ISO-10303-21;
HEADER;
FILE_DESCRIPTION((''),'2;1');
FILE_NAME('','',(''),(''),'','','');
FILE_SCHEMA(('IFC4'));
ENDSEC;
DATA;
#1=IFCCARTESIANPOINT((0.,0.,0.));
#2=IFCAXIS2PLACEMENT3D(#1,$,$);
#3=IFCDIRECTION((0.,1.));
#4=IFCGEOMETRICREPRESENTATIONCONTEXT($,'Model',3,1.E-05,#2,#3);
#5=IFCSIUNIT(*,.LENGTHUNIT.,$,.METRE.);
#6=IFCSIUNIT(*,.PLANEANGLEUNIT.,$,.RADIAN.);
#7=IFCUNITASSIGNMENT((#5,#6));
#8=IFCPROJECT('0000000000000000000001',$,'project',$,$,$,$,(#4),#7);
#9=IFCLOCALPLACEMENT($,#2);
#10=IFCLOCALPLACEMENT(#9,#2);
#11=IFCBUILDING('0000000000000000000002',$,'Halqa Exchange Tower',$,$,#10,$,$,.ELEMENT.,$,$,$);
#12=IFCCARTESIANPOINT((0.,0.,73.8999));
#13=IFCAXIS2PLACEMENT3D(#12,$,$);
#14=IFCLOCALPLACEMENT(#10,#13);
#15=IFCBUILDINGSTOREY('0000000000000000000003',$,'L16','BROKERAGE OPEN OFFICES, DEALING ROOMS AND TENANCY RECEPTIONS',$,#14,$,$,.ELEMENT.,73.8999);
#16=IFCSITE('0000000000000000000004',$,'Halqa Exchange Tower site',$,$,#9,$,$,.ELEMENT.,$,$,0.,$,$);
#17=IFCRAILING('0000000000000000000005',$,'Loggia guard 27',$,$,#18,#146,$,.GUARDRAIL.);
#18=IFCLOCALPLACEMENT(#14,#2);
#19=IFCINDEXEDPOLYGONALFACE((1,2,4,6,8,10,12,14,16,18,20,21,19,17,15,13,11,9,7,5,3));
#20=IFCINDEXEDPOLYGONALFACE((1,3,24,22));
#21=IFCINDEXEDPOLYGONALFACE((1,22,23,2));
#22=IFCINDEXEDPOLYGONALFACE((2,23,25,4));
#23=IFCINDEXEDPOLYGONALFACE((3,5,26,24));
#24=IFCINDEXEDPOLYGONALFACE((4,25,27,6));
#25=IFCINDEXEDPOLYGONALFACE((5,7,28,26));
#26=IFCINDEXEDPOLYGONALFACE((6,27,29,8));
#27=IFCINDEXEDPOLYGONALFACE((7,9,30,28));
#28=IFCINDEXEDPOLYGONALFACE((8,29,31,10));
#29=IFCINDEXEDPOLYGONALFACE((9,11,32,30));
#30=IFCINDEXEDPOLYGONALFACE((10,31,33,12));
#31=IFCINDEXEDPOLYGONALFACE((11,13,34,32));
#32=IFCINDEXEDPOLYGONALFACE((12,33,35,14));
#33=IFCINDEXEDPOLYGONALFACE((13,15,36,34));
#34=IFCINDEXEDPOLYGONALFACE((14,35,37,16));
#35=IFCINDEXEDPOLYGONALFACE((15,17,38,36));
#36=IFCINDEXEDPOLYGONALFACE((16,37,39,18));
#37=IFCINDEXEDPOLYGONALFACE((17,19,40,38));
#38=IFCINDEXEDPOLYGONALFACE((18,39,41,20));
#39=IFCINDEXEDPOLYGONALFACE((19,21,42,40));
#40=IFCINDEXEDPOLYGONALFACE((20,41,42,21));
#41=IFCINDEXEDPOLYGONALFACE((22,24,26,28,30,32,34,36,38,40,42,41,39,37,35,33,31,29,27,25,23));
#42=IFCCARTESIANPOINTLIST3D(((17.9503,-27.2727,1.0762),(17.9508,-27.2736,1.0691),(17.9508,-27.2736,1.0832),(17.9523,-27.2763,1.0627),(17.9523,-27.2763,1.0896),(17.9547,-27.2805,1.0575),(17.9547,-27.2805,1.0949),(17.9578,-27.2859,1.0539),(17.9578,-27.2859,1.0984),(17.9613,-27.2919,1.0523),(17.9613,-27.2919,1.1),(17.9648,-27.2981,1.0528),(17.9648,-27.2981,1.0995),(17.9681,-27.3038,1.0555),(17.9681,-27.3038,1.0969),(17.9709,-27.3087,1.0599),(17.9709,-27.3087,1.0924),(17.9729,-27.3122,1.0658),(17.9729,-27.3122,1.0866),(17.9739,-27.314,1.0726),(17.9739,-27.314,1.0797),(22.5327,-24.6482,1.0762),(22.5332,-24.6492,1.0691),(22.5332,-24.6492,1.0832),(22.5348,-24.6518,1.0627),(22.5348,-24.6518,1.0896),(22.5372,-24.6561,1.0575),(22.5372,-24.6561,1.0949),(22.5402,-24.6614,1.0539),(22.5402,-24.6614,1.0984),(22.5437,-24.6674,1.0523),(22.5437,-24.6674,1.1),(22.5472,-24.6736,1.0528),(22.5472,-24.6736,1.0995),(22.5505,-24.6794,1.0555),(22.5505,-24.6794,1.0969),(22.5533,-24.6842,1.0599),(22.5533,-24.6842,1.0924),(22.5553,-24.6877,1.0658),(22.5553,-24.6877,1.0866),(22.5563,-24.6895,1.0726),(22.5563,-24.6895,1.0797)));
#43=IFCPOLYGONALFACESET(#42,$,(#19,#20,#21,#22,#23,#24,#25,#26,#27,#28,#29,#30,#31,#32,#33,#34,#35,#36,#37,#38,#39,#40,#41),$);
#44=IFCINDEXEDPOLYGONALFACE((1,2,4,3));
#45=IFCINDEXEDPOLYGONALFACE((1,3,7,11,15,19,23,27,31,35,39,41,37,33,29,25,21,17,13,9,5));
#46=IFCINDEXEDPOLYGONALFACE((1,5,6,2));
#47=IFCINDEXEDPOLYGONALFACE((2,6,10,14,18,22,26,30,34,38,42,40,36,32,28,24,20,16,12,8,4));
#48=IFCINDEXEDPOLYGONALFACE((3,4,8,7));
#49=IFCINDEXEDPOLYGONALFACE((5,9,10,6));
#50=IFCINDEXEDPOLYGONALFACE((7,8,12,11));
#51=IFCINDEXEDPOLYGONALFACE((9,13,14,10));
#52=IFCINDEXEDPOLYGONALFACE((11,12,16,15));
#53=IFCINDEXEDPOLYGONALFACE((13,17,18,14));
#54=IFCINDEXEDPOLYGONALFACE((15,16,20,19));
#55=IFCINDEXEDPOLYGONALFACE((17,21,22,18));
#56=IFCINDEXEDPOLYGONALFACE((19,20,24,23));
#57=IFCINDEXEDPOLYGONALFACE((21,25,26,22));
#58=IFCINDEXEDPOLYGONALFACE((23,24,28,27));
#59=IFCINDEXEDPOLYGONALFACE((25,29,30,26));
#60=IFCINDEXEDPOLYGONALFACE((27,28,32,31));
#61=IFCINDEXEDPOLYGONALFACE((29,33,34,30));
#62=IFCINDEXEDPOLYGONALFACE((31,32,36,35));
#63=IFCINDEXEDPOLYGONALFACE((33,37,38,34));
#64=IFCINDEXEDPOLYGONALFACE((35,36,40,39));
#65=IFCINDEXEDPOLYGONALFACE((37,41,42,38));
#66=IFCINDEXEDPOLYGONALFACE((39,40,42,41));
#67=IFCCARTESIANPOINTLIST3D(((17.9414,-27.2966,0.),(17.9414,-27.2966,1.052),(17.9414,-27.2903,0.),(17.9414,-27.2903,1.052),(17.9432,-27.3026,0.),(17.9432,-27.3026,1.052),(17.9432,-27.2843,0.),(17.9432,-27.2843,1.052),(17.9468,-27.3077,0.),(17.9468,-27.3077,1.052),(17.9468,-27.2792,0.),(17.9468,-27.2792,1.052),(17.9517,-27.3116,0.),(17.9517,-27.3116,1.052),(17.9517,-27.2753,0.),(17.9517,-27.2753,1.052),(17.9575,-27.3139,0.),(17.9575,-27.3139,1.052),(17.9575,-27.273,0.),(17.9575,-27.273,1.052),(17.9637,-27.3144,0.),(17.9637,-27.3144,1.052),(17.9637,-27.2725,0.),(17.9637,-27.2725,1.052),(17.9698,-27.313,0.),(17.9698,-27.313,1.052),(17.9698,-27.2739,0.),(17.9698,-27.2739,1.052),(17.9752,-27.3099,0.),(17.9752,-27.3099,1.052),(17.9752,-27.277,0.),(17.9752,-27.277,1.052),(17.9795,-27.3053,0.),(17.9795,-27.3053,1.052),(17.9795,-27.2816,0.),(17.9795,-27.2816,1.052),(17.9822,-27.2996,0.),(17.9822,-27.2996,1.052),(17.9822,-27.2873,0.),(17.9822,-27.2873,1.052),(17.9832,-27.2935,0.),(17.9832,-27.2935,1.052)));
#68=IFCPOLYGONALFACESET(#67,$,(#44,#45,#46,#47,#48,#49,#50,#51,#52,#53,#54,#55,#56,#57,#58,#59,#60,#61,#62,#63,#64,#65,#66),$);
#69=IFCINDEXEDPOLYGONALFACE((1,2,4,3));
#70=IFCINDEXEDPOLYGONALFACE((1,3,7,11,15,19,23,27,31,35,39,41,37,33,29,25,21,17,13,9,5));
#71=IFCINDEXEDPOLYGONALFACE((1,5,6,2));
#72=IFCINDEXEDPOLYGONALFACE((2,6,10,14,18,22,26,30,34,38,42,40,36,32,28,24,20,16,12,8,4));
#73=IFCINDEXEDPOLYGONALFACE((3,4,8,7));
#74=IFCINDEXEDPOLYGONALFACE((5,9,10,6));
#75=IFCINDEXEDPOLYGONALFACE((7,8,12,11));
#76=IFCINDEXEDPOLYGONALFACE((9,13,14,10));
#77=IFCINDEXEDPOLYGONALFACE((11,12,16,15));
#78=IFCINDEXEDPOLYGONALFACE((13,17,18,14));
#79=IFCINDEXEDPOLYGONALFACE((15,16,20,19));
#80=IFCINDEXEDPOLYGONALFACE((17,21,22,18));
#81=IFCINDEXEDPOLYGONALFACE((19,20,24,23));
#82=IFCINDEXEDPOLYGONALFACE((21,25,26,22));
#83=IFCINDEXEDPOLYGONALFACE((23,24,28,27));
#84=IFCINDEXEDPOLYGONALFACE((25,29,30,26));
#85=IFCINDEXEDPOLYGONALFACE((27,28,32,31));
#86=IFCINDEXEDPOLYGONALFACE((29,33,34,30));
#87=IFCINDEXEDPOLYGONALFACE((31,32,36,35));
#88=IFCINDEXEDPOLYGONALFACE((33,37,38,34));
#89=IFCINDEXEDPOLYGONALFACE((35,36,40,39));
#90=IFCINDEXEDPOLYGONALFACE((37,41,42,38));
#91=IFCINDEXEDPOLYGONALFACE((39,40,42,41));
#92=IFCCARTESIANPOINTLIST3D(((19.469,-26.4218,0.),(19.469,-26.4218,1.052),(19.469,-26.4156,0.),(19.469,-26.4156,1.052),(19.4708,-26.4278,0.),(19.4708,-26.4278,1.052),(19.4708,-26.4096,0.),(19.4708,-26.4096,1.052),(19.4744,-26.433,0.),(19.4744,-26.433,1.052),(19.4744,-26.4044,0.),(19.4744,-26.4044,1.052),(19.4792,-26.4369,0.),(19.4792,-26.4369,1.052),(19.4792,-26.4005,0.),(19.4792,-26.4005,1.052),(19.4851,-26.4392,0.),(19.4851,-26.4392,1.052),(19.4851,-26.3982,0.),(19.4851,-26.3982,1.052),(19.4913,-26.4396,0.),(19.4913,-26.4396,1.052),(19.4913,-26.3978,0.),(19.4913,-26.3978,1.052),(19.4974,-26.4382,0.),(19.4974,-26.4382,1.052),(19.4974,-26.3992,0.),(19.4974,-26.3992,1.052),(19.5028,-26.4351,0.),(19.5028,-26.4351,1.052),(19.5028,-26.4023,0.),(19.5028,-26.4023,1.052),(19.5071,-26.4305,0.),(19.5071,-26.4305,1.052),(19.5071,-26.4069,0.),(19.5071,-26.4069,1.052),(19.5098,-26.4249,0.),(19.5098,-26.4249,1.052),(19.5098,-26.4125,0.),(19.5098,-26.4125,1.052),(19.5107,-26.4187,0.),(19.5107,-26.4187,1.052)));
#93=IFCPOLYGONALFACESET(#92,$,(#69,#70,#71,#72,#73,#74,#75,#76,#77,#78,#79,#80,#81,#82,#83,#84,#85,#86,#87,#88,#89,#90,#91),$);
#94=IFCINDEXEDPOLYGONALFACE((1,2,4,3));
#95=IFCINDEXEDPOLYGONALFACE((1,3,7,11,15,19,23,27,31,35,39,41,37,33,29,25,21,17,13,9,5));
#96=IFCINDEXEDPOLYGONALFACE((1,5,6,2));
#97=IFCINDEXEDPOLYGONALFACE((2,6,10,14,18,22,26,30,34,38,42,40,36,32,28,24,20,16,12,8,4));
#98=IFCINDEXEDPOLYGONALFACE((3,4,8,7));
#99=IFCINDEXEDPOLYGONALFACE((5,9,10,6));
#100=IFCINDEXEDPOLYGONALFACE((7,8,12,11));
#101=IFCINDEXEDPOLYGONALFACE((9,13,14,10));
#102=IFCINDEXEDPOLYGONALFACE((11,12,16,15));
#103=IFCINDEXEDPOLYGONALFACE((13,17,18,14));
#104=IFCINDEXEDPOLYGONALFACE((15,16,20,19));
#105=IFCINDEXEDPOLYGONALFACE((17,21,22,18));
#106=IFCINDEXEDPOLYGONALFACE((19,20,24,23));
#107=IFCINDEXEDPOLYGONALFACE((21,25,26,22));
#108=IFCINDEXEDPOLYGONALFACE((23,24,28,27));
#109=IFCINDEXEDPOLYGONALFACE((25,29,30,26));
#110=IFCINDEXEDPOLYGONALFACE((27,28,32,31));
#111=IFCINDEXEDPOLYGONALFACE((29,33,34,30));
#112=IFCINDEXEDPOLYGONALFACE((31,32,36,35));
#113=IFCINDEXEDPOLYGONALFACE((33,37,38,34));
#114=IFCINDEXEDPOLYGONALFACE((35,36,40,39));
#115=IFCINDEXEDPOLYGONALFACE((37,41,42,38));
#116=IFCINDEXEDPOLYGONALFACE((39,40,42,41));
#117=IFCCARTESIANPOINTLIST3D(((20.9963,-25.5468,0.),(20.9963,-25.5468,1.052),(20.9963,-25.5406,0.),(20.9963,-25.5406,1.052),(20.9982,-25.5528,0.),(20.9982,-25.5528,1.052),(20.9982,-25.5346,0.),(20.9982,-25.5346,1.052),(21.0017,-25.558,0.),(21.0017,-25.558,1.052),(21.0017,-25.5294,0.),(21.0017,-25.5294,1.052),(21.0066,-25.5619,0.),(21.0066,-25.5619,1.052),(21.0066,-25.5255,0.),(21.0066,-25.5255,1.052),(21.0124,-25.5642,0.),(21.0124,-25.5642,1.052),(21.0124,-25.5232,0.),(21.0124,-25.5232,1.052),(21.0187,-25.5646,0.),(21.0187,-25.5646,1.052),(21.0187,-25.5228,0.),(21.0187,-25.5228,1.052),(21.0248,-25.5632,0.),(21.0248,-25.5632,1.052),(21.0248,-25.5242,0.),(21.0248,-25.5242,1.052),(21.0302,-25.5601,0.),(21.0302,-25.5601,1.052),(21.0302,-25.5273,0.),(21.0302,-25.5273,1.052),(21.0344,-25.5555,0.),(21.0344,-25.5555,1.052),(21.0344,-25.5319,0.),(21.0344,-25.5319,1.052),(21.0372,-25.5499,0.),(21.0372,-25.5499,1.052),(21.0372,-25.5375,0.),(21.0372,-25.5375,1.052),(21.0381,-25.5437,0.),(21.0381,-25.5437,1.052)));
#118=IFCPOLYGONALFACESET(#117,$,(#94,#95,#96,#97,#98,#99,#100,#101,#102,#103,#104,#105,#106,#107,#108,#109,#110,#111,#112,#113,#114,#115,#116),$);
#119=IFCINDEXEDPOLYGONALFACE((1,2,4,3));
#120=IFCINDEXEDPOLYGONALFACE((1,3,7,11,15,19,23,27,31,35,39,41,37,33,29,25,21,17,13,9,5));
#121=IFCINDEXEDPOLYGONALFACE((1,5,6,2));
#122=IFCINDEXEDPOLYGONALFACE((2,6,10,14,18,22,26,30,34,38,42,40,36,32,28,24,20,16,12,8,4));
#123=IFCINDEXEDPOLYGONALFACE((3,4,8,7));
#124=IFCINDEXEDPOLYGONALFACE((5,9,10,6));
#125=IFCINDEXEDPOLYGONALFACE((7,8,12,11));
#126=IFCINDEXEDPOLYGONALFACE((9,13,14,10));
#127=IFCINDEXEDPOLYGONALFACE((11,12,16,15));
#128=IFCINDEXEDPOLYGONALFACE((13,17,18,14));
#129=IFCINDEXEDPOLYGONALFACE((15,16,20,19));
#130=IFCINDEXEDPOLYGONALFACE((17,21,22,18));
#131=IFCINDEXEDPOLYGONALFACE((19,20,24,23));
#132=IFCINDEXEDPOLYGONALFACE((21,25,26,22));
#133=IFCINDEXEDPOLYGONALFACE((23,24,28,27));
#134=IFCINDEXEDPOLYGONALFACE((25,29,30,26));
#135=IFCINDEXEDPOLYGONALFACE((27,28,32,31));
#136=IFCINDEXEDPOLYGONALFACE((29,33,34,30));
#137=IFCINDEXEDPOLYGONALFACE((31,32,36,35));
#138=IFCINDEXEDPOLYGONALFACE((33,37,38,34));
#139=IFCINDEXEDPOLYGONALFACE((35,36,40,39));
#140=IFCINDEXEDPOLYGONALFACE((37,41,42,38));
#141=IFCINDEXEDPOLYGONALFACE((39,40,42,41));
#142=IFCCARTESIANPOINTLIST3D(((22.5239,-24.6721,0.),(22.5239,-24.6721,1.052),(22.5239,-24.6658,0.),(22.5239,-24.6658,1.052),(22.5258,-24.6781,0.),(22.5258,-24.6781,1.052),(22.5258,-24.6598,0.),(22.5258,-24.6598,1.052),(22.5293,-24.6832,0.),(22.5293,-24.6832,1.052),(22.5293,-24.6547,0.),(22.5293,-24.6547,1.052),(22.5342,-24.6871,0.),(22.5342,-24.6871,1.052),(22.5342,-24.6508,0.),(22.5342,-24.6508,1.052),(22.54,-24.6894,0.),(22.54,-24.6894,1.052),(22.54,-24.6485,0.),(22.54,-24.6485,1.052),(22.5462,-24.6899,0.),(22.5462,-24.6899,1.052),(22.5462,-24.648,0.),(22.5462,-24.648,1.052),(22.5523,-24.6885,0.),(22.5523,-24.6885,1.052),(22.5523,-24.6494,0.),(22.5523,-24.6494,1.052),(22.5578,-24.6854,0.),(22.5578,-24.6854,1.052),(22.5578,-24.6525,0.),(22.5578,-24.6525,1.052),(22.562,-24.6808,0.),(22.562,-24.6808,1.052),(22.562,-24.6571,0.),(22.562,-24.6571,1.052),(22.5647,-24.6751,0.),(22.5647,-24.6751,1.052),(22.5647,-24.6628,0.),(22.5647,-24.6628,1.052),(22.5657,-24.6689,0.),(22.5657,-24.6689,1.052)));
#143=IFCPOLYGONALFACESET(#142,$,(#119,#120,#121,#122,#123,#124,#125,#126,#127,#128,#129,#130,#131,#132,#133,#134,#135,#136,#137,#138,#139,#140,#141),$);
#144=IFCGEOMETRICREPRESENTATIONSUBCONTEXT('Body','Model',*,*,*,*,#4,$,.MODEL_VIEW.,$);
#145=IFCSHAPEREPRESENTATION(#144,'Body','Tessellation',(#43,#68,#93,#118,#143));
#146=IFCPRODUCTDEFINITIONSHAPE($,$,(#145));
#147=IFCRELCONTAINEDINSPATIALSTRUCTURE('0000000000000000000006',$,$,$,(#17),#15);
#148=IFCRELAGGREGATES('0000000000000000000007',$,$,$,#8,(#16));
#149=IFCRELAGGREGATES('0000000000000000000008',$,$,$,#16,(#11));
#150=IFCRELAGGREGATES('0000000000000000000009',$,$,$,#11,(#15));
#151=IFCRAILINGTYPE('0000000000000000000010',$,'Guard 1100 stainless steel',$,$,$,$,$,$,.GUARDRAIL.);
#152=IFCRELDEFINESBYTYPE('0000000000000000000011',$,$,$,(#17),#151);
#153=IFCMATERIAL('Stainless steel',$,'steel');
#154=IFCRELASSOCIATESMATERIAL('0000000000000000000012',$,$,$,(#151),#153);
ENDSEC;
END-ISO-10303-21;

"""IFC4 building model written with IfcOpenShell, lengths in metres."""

from ifc_helpers import new_model, si_unit, direction, frame, origin, origin_2d, place, context, subcontext, project, spatial, circle, extrude, material, type_object, element, save


model = new_model("IFC4")

# Units and contexts
model_context = context("Model", 3, precision=1e-05, world=origin(), true_north=direction((0.0, 1.0)))
body_context = subcontext(model_context, "Body", "Model", "MODEL_VIEW")
ifc_project = project(units=[si_unit("LENGTHUNIT", "METRE"), si_unit("PLANEANGLEUNIT", "RADIAN")], contexts=[model_context])

# Site, building, storey
site_placement = place(None, origin())
site = spatial("IfcSite", under=ifc_project, at=site_placement, Name="Halqa Exchange Tower site", CompositionType="ELEMENT", RefElevation=0.0)
building_placement = place(site_placement, origin())
building = spatial("IfcBuilding", under=site, at=building_placement, Name="Halqa Exchange Tower", CompositionType="ELEMENT")
storey_placement = place(building_placement, frame((0.0, 0.0, 73.8999)))
storey = spatial("IfcBuildingStorey", under=building, at=storey_placement, Name="L16", Description="BROKERAGE OPEN OFFICES, DEALING ROOMS AND TENANCY RECEPTIONS", CompositionType="ELEMENT", Elevation=73.8999)

# Railing
ifc_material_1 = material(Name="Stainless steel", Category="steel")
railing_type = type_object("IfcRailingType", Name="Guard 1100 stainless steel", PredefinedType="GUARDRAIL", material=ifc_material_1)
railing_1_placement = place(storey_placement, frame((17.9622, -27.2935, 0.0)))
element("IfcRailing", 1, at=railing_1_placement, inside=storey, type_object=railing_type, Name="Loggia guard 27", PredefinedType="GUARDRAIL", context=body_context, shape_type="SweptSolid", body=[
    extrude(circle(Radius=0.0239, at=origin_2d()), frame((0.0, 0.0, 1.0762), z_axis=(0.867759, 0.496985, 0.0), x_axis=(-0.496985, 0.867759, 0.0)), (0.0, 0.0, 1.0), 5.2808),
    extrude(circle(Radius=0.021, at=origin_2d()), origin(), (0.0, 0.0, 1.0), 1.052),
    extrude(circle(Radius=0.021, at=origin_2d()), frame((1.5276, 0.8748, 0.0)), (0.0, 0.0, 1.0), 1.052),
    extrude(circle(Radius=0.021, at=origin_2d()), frame((3.0549, 1.7498, 0.0)), (0.0, 0.0, 1.0), 1.052),
    extrude(circle(Radius=0.021, at=origin_2d()), frame((4.5825, 2.6245, 0.0)), (0.0, 0.0, 1.0), 1.052),
])

save(model, "model.ifc")
